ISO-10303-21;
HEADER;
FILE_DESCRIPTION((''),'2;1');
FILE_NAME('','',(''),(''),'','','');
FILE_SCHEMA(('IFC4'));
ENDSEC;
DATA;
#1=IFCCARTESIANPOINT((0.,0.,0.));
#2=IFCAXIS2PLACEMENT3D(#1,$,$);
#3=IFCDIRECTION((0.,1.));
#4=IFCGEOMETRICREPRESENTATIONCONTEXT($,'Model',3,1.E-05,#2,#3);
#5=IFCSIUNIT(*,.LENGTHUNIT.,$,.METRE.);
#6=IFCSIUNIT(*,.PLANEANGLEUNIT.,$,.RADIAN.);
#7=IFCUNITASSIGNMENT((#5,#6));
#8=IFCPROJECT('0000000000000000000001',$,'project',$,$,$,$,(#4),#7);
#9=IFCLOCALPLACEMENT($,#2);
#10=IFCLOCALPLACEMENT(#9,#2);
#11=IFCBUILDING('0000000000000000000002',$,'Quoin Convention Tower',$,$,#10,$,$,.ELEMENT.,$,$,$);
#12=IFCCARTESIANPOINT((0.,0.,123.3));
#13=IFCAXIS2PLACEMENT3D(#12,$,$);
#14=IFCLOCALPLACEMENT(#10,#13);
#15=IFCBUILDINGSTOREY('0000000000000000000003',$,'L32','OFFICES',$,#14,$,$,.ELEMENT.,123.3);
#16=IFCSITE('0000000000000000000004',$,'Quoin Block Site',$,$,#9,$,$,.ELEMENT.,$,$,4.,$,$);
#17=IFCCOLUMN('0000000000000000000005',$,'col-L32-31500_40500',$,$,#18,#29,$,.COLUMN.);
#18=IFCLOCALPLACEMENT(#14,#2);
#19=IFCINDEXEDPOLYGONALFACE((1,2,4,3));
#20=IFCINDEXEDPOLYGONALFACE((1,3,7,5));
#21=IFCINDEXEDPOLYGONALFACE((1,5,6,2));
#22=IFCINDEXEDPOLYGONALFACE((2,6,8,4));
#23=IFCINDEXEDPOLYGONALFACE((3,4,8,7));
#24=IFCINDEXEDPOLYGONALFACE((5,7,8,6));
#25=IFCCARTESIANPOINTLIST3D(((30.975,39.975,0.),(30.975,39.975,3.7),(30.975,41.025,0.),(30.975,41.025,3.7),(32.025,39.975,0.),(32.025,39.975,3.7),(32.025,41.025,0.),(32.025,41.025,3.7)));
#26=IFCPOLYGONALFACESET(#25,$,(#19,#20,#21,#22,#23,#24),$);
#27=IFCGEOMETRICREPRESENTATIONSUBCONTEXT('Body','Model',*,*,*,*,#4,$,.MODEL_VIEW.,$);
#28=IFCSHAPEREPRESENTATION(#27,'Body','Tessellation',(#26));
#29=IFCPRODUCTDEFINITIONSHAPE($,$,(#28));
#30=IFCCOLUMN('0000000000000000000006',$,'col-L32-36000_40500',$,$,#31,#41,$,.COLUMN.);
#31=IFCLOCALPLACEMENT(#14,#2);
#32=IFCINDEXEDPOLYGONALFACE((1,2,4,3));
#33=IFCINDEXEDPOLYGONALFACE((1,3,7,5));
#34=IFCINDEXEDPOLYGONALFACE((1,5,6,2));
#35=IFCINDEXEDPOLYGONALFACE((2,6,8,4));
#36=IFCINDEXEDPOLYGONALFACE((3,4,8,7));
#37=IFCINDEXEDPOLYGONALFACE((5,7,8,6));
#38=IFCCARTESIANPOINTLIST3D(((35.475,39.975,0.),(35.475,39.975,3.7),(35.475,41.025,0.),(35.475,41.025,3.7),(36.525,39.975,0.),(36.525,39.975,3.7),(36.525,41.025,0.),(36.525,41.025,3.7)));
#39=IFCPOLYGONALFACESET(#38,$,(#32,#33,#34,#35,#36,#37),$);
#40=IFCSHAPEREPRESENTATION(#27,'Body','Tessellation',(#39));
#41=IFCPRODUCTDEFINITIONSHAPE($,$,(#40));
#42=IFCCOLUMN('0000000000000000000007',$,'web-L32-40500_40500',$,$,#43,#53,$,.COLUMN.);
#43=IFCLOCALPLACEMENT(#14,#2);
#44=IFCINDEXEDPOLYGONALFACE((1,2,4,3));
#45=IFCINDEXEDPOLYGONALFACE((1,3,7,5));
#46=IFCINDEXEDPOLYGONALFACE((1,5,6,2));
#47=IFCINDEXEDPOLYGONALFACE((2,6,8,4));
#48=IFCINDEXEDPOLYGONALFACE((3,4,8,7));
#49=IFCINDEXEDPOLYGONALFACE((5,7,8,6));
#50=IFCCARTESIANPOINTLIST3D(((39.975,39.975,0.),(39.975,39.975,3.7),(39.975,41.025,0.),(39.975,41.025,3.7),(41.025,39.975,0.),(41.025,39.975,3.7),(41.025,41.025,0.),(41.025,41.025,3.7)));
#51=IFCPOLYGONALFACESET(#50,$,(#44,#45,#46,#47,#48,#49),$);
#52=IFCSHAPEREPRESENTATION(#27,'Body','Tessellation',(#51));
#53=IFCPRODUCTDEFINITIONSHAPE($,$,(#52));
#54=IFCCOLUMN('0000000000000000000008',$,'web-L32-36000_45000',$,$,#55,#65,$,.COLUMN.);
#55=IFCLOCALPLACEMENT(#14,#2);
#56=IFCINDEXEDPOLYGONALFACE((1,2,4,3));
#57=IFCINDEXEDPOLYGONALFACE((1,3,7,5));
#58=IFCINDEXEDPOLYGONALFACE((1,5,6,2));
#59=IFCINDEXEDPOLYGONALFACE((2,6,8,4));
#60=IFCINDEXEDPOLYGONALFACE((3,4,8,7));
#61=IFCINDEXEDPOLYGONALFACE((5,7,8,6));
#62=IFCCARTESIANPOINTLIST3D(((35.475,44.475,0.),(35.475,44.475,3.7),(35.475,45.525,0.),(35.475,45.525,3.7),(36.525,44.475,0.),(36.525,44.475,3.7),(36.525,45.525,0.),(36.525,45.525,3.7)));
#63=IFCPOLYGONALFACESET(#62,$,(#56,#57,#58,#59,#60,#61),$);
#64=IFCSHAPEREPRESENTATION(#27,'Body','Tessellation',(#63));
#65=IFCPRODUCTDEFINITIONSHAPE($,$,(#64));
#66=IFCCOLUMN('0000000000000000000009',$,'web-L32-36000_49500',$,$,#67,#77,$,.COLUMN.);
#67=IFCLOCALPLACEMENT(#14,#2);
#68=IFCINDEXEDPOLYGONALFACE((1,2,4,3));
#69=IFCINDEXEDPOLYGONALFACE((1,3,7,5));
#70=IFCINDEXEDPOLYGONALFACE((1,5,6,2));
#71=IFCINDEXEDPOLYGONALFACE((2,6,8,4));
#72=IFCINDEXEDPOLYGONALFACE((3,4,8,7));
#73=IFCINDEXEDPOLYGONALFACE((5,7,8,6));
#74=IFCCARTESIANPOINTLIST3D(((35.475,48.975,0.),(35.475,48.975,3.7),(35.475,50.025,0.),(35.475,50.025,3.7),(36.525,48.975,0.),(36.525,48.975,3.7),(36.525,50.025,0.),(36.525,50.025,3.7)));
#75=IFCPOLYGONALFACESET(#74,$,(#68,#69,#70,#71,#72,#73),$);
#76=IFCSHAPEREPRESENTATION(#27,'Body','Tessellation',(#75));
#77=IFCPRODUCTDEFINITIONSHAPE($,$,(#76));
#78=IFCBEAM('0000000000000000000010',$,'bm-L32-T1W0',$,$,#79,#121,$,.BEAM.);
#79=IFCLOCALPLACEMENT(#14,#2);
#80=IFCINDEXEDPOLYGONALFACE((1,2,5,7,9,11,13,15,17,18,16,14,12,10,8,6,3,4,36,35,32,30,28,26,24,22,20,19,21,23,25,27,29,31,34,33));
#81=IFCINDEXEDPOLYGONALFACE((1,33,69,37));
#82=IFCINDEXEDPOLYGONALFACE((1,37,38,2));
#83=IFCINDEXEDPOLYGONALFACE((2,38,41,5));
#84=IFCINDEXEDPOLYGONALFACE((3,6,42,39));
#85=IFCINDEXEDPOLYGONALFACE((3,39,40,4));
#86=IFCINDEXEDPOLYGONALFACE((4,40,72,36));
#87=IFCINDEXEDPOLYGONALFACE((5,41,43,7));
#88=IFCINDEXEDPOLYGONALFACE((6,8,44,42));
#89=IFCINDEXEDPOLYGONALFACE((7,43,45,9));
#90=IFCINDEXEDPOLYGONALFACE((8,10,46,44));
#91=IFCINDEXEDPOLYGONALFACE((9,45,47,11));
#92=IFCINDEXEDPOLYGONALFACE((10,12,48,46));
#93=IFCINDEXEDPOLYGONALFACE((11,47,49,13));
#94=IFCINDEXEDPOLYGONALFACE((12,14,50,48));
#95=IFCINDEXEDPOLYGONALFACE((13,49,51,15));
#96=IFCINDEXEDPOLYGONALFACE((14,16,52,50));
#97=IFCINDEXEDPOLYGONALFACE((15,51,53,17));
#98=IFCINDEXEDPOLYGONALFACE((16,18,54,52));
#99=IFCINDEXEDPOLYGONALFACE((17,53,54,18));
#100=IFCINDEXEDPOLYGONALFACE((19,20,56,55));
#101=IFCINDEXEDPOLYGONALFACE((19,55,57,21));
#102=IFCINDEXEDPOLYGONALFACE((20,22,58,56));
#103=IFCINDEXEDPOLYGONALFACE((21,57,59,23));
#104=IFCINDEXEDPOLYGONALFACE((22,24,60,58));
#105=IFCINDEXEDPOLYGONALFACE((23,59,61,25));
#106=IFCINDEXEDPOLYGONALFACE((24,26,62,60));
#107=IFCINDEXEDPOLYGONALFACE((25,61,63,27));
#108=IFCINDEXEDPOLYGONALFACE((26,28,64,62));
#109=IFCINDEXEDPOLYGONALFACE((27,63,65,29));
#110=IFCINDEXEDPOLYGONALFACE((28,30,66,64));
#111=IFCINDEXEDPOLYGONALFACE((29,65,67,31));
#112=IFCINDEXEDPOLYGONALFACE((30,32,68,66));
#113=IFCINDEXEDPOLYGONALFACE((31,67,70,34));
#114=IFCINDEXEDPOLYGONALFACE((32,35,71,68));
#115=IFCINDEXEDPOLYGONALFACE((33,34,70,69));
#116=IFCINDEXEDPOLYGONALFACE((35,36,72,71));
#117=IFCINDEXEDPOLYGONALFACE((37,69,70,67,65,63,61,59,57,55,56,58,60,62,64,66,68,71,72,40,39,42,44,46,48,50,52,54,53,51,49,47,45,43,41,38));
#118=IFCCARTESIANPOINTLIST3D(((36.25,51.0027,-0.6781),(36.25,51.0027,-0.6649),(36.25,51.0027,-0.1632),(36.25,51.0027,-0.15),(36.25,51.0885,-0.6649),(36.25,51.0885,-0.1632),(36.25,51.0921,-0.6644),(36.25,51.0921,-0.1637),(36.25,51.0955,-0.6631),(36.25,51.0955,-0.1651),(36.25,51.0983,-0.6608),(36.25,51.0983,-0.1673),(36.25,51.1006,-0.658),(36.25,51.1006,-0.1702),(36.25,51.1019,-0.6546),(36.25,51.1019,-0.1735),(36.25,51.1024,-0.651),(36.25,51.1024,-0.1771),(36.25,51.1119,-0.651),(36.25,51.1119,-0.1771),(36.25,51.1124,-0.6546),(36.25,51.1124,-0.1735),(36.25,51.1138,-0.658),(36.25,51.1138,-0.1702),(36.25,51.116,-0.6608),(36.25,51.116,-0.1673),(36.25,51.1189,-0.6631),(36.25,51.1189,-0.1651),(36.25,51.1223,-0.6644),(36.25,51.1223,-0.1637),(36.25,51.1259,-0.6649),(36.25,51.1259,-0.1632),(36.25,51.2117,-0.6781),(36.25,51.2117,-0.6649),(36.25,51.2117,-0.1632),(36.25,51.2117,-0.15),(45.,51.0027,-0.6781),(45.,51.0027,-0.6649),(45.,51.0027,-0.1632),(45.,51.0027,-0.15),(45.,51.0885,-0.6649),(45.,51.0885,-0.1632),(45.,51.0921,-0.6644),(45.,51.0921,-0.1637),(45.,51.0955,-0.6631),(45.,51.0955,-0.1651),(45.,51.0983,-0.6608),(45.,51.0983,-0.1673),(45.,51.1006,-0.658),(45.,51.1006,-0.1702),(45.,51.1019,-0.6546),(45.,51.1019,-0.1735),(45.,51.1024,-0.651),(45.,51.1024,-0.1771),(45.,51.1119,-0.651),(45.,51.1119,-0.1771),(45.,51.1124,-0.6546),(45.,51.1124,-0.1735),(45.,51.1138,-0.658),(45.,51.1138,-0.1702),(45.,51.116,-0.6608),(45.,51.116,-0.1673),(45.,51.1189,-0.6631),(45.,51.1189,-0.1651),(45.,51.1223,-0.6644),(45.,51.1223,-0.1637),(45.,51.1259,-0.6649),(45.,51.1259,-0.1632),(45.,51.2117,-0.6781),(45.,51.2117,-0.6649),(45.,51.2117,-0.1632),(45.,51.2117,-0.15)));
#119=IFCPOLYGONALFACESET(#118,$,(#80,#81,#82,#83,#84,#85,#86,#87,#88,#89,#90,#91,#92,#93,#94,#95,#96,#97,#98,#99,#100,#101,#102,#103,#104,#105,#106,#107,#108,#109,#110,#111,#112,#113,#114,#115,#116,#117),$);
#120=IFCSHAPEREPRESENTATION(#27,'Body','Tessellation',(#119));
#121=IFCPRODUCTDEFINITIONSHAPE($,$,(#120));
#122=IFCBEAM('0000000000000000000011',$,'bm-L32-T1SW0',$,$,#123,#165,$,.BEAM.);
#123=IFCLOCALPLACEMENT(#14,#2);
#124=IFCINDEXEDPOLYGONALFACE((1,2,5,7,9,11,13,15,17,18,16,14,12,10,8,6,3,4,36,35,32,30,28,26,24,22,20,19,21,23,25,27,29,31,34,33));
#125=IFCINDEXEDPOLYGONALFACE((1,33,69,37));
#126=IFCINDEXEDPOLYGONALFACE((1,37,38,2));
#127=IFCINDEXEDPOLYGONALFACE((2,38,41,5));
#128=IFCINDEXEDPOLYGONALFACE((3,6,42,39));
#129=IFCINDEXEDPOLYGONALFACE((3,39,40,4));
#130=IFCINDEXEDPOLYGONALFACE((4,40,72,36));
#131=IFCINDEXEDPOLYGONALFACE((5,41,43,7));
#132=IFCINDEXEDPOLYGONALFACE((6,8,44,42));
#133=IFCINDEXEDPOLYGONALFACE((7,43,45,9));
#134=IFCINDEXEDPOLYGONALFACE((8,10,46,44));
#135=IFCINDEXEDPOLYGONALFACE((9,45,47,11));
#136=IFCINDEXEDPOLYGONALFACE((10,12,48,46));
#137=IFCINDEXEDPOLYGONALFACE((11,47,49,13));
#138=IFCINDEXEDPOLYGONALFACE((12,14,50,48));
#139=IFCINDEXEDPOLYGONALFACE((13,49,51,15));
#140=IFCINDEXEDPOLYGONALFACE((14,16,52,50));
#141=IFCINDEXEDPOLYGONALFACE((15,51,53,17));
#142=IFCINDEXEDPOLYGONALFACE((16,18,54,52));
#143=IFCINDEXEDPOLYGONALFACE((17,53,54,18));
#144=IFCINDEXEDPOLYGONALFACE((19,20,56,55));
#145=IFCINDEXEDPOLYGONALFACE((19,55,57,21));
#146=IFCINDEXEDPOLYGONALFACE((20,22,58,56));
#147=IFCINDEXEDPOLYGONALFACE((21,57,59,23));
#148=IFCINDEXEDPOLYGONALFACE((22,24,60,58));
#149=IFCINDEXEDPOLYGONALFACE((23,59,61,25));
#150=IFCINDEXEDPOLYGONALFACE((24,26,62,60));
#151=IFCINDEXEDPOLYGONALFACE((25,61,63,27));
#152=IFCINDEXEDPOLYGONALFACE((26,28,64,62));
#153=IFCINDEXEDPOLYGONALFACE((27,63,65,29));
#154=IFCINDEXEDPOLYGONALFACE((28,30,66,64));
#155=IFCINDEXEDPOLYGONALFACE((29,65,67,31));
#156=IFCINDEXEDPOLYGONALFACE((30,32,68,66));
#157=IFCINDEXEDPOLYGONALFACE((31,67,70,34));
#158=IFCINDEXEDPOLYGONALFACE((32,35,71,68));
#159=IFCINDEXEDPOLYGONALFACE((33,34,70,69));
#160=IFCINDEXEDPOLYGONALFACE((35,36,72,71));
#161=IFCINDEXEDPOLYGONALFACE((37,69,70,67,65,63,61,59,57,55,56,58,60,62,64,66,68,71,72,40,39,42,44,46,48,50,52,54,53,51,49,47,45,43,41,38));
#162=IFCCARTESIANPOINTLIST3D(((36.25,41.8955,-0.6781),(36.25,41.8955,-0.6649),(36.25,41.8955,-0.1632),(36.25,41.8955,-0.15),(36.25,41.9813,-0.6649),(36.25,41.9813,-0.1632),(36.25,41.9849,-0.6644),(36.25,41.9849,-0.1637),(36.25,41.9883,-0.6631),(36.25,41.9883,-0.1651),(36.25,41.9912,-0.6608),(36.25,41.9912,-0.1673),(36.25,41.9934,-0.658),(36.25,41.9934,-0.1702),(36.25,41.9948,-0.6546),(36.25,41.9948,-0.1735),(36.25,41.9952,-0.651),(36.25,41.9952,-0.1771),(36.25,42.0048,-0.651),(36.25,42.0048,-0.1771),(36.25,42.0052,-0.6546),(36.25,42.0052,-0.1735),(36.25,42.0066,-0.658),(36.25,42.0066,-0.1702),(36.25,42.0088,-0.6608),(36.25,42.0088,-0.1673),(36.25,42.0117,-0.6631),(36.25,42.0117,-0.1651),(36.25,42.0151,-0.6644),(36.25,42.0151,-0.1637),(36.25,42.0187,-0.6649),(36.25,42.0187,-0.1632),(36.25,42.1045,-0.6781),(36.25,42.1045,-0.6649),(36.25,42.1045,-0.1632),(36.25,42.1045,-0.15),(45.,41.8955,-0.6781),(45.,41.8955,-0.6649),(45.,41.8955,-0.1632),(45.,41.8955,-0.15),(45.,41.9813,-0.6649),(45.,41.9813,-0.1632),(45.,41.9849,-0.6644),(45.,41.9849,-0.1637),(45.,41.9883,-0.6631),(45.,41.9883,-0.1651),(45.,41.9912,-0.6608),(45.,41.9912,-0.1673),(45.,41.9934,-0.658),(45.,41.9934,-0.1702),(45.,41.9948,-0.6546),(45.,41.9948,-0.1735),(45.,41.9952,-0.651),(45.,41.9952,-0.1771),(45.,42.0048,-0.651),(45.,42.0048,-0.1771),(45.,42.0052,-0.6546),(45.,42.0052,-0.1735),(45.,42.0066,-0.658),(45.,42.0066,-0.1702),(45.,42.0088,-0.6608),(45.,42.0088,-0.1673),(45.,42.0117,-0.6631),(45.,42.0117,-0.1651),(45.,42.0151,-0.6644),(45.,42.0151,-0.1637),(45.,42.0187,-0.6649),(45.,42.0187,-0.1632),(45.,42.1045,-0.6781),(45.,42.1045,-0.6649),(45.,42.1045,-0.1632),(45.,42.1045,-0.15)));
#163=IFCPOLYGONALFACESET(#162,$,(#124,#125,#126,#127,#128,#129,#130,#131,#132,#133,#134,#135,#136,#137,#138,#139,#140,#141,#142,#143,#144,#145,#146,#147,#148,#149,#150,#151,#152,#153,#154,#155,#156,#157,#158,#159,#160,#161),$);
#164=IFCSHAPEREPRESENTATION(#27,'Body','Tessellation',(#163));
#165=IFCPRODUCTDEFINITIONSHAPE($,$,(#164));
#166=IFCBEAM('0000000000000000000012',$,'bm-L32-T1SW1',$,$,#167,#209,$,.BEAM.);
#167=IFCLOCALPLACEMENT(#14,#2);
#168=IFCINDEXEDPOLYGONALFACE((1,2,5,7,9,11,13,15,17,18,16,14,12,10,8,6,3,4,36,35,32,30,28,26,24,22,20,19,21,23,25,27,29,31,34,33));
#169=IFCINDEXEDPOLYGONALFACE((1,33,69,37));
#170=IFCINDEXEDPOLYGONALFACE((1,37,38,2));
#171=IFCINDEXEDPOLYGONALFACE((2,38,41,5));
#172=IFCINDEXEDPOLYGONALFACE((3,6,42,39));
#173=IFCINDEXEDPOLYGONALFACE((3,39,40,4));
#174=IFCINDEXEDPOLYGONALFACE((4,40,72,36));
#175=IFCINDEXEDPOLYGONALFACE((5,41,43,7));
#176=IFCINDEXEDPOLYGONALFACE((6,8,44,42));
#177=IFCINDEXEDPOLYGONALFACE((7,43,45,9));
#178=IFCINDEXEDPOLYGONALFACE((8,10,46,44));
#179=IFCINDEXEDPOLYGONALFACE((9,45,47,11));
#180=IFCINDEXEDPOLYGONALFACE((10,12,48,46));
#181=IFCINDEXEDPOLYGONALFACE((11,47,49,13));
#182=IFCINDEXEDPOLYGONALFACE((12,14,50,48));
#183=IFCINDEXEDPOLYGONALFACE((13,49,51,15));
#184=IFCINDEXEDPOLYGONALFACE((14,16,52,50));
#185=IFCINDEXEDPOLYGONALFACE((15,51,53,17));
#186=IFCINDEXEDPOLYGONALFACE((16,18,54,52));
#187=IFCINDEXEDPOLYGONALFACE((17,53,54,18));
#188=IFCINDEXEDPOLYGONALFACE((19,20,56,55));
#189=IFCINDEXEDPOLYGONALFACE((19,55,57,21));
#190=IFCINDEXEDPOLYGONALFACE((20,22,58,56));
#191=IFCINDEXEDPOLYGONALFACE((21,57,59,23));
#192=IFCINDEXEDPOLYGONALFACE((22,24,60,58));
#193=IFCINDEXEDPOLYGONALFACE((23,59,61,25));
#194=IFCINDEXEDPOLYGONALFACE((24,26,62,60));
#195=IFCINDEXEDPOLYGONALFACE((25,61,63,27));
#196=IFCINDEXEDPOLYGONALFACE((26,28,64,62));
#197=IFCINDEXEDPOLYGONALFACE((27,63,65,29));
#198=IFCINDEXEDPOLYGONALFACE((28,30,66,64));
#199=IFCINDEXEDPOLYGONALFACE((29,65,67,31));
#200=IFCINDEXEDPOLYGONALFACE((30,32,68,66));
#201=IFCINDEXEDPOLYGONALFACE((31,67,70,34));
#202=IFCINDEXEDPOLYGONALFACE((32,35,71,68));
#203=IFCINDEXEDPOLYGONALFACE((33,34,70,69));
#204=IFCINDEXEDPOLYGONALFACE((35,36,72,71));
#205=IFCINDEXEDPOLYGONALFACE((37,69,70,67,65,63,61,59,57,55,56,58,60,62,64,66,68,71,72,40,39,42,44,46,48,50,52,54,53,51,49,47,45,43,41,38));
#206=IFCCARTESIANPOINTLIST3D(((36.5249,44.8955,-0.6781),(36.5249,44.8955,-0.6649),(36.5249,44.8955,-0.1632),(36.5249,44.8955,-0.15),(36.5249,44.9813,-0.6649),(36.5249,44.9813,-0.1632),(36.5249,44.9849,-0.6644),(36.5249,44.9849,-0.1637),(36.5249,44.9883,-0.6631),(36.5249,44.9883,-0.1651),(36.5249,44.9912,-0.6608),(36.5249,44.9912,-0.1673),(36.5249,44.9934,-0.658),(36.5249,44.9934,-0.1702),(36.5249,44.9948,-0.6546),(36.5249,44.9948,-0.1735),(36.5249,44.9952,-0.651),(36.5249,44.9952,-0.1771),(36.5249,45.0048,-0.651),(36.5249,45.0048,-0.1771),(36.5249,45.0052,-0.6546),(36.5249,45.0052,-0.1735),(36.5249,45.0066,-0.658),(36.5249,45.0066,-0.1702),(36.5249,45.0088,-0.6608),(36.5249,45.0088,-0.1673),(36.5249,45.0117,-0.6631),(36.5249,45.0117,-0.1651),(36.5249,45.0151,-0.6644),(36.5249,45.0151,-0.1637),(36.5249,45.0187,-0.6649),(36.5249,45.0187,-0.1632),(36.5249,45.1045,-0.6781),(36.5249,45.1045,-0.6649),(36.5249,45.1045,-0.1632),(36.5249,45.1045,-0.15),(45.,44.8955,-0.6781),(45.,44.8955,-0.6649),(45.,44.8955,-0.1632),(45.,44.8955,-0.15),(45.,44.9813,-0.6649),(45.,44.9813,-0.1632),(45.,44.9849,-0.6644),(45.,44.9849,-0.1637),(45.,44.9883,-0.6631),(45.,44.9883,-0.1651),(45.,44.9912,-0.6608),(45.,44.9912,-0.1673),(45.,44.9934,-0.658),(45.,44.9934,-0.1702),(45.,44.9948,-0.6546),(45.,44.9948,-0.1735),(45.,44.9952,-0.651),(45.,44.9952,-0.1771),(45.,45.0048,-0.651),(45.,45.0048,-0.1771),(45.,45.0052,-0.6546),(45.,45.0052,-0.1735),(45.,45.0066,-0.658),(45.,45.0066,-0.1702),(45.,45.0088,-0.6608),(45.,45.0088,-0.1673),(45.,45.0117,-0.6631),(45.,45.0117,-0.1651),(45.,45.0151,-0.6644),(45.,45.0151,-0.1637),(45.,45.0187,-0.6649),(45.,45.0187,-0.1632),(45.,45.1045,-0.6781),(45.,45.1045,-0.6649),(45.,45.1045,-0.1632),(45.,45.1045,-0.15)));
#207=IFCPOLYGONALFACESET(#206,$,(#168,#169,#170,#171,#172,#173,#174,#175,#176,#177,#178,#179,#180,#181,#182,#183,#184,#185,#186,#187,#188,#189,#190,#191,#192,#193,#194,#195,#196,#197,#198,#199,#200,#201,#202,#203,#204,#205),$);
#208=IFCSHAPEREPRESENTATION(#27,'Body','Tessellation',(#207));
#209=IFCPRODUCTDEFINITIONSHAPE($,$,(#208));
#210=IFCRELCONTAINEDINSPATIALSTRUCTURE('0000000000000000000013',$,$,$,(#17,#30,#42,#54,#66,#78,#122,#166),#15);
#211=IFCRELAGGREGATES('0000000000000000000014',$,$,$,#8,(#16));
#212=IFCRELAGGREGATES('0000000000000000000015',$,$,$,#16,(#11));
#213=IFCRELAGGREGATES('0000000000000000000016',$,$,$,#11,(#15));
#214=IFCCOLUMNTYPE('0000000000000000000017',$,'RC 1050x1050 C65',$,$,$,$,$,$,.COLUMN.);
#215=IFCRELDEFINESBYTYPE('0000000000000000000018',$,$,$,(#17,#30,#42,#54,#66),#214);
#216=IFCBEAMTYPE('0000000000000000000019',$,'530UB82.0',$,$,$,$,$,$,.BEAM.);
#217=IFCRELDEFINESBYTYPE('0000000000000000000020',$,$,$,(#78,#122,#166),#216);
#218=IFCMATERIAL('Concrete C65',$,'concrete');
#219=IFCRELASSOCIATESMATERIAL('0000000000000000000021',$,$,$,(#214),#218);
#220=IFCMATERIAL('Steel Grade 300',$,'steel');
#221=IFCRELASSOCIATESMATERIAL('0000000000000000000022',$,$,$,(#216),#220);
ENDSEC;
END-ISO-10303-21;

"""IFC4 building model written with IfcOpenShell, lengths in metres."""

from ifc_helpers import new_model, si_unit, direction, frame, origin, origin_2d, place, context, subcontext, project, spatial, rectangle, i_section, extrude, material, material_profile, profile_set, type_object, element, save


model = new_model("IFC4")

# Units and contexts
model_context = context("Model", 3, precision=1e-05, world=origin(), true_north=direction((0.0, 1.0)))
body_context = subcontext(model_context, "Body", "Model", "MODEL_VIEW")
ifc_project = project(units=[si_unit("LENGTHUNIT", "METRE"), si_unit("PLANEANGLEUNIT", "RADIAN")], contexts=[model_context])

# Site, building, storey
site_placement = place(None, origin())
site = spatial("IfcSite", under=ifc_project, at=site_placement, Name="Quoin Block Site", CompositionType="ELEMENT", RefElevation=4.0)
building_placement = place(site_placement, origin())
building = spatial("IfcBuilding", under=site, at=building_placement, Name="Quoin Convention Tower", CompositionType="ELEMENT")
storey_placement = place(building_placement, frame((0.0, 0.0, 123.3)))
storey = spatial("IfcBuildingStorey", under=building, at=storey_placement, Name="L32", Description="OFFICES", CompositionType="ELEMENT", Elevation=123.3)

# Columns
ifc_material_1 = material(Name="Concrete C65", Category="concrete")
ifc_material_profile_1 = material_profile(ifc_material_1, rectangle(XDim=1.05, YDim=1.05, at=origin_2d()), Name="RC 1050x1050")
ifc_profile_set_1 = profile_set([ifc_material_profile_1], Name="Concrete C65")
column_type = type_object("IfcColumnType", Name="RC 1050x1050 C65", PredefinedType="COLUMN", material=ifc_profile_set_1)
for number, where, z_axis, x_axis, name in (
    (1, (31.5, 40.5, 0.0), (0.0, 0.0, 1.0), (1.0, 0.0, 0.0), "col-L32-31500_40500"),
    (2, (36.0, 40.5, 0.0), (0.0, 0.0, 1.0), (1.0, 0.0, 0.0), "col-L32-36000_40500"),
    (3, (40.5, 40.5, 0.0), (0.0, 0.0, 1.0), (1.0, 0.0, 0.0), "web-L32-40500_40500"),
    (4, (36.0, 45.0, 0.0), (0.0, 0.0, 1.0), (1.0, 0.0, 0.0), "web-L32-36000_45000"),
    (5, (36.0, 49.5, 0.0), (0.0, 0.0, 1.0), (1.0, 0.0, 0.0), "web-L32-36000_49500"),
):
    element("IfcColumn", number, at=place(storey_placement, frame(where, z_axis=z_axis, x_axis=x_axis)), inside=storey, type_object=column_type, Name=name, PredefinedType="COLUMN", context=body_context, shape_type="SweptSolid", body=[
        extrude(rectangle(XDim=1.05, YDim=1.05, at=origin_2d()), origin(), (0.0, 0.0, 1.0), 3.7),
    ])

# Beams
ifc_material_2 = material(Name="Steel Grade 300", Category="steel")
ifc_material_profile_2 = material_profile(ifc_material_2, i_section(OverallWidth=0.209, OverallDepth=0.5281, WebThickness=0.0095, FlangeThickness=0.0132, FilletRadius=0.0139, at=origin_2d()), Name="530UB82.0")
ifc_profile_set_2 = profile_set([ifc_material_profile_2], Name="Steel Grade 300")
beam_type_1 = type_object("IfcBeamType", Name="530UB82.0", PredefinedType="BEAM", material=ifc_profile_set_2)
for number, where, z_axis, x_axis, name in (
    (6, (36.25, 51.1072, -0.4141), (1.0, 0.0, 0.0), (0.0, 1.0, 0.0), "bm-L32-T1W0"),
    (7, (36.25, 42.0, -0.4141), (1.0, 0.0, 0.0), (0.0, 1.0, 0.0), "bm-L32-T1SW0"),
):
    element("IfcBeam", number, at=place(storey_placement, frame(where, z_axis=z_axis, x_axis=x_axis)), inside=storey, type_object=beam_type_1, Name=name, PredefinedType="BEAM", context=body_context, shape_type="SweptSolid", body=[
        extrude(i_section(OverallWidth=0.209, OverallDepth=0.5281, WebThickness=0.0095, FlangeThickness=0.0132, FilletRadius=0.0139, at=origin_2d()), origin(), (0.0, 0.0, 1.0), 8.75),
    ])
beam_1_placement = place(storey_placement, frame((36.5249, 45.0, -0.4141), z_axis=(1.0, 0.0, 0.0), x_axis=(0.0, 1.0, 0.0)))
element("IfcBeam", 8, at=beam_1_placement, inside=storey, type_object=beam_type_1, Name="bm-L32-T1SW1", PredefinedType="BEAM", context=body_context, shape_type="SweptSolid", body=[
    extrude(i_section(OverallWidth=0.209, OverallDepth=0.5281, WebThickness=0.0095, FlangeThickness=0.0132, FilletRadius=0.0139, at=origin_2d()), origin(), (0.0, 0.0, 1.0), 8.4751),
])

save(model, "model.ifc")
